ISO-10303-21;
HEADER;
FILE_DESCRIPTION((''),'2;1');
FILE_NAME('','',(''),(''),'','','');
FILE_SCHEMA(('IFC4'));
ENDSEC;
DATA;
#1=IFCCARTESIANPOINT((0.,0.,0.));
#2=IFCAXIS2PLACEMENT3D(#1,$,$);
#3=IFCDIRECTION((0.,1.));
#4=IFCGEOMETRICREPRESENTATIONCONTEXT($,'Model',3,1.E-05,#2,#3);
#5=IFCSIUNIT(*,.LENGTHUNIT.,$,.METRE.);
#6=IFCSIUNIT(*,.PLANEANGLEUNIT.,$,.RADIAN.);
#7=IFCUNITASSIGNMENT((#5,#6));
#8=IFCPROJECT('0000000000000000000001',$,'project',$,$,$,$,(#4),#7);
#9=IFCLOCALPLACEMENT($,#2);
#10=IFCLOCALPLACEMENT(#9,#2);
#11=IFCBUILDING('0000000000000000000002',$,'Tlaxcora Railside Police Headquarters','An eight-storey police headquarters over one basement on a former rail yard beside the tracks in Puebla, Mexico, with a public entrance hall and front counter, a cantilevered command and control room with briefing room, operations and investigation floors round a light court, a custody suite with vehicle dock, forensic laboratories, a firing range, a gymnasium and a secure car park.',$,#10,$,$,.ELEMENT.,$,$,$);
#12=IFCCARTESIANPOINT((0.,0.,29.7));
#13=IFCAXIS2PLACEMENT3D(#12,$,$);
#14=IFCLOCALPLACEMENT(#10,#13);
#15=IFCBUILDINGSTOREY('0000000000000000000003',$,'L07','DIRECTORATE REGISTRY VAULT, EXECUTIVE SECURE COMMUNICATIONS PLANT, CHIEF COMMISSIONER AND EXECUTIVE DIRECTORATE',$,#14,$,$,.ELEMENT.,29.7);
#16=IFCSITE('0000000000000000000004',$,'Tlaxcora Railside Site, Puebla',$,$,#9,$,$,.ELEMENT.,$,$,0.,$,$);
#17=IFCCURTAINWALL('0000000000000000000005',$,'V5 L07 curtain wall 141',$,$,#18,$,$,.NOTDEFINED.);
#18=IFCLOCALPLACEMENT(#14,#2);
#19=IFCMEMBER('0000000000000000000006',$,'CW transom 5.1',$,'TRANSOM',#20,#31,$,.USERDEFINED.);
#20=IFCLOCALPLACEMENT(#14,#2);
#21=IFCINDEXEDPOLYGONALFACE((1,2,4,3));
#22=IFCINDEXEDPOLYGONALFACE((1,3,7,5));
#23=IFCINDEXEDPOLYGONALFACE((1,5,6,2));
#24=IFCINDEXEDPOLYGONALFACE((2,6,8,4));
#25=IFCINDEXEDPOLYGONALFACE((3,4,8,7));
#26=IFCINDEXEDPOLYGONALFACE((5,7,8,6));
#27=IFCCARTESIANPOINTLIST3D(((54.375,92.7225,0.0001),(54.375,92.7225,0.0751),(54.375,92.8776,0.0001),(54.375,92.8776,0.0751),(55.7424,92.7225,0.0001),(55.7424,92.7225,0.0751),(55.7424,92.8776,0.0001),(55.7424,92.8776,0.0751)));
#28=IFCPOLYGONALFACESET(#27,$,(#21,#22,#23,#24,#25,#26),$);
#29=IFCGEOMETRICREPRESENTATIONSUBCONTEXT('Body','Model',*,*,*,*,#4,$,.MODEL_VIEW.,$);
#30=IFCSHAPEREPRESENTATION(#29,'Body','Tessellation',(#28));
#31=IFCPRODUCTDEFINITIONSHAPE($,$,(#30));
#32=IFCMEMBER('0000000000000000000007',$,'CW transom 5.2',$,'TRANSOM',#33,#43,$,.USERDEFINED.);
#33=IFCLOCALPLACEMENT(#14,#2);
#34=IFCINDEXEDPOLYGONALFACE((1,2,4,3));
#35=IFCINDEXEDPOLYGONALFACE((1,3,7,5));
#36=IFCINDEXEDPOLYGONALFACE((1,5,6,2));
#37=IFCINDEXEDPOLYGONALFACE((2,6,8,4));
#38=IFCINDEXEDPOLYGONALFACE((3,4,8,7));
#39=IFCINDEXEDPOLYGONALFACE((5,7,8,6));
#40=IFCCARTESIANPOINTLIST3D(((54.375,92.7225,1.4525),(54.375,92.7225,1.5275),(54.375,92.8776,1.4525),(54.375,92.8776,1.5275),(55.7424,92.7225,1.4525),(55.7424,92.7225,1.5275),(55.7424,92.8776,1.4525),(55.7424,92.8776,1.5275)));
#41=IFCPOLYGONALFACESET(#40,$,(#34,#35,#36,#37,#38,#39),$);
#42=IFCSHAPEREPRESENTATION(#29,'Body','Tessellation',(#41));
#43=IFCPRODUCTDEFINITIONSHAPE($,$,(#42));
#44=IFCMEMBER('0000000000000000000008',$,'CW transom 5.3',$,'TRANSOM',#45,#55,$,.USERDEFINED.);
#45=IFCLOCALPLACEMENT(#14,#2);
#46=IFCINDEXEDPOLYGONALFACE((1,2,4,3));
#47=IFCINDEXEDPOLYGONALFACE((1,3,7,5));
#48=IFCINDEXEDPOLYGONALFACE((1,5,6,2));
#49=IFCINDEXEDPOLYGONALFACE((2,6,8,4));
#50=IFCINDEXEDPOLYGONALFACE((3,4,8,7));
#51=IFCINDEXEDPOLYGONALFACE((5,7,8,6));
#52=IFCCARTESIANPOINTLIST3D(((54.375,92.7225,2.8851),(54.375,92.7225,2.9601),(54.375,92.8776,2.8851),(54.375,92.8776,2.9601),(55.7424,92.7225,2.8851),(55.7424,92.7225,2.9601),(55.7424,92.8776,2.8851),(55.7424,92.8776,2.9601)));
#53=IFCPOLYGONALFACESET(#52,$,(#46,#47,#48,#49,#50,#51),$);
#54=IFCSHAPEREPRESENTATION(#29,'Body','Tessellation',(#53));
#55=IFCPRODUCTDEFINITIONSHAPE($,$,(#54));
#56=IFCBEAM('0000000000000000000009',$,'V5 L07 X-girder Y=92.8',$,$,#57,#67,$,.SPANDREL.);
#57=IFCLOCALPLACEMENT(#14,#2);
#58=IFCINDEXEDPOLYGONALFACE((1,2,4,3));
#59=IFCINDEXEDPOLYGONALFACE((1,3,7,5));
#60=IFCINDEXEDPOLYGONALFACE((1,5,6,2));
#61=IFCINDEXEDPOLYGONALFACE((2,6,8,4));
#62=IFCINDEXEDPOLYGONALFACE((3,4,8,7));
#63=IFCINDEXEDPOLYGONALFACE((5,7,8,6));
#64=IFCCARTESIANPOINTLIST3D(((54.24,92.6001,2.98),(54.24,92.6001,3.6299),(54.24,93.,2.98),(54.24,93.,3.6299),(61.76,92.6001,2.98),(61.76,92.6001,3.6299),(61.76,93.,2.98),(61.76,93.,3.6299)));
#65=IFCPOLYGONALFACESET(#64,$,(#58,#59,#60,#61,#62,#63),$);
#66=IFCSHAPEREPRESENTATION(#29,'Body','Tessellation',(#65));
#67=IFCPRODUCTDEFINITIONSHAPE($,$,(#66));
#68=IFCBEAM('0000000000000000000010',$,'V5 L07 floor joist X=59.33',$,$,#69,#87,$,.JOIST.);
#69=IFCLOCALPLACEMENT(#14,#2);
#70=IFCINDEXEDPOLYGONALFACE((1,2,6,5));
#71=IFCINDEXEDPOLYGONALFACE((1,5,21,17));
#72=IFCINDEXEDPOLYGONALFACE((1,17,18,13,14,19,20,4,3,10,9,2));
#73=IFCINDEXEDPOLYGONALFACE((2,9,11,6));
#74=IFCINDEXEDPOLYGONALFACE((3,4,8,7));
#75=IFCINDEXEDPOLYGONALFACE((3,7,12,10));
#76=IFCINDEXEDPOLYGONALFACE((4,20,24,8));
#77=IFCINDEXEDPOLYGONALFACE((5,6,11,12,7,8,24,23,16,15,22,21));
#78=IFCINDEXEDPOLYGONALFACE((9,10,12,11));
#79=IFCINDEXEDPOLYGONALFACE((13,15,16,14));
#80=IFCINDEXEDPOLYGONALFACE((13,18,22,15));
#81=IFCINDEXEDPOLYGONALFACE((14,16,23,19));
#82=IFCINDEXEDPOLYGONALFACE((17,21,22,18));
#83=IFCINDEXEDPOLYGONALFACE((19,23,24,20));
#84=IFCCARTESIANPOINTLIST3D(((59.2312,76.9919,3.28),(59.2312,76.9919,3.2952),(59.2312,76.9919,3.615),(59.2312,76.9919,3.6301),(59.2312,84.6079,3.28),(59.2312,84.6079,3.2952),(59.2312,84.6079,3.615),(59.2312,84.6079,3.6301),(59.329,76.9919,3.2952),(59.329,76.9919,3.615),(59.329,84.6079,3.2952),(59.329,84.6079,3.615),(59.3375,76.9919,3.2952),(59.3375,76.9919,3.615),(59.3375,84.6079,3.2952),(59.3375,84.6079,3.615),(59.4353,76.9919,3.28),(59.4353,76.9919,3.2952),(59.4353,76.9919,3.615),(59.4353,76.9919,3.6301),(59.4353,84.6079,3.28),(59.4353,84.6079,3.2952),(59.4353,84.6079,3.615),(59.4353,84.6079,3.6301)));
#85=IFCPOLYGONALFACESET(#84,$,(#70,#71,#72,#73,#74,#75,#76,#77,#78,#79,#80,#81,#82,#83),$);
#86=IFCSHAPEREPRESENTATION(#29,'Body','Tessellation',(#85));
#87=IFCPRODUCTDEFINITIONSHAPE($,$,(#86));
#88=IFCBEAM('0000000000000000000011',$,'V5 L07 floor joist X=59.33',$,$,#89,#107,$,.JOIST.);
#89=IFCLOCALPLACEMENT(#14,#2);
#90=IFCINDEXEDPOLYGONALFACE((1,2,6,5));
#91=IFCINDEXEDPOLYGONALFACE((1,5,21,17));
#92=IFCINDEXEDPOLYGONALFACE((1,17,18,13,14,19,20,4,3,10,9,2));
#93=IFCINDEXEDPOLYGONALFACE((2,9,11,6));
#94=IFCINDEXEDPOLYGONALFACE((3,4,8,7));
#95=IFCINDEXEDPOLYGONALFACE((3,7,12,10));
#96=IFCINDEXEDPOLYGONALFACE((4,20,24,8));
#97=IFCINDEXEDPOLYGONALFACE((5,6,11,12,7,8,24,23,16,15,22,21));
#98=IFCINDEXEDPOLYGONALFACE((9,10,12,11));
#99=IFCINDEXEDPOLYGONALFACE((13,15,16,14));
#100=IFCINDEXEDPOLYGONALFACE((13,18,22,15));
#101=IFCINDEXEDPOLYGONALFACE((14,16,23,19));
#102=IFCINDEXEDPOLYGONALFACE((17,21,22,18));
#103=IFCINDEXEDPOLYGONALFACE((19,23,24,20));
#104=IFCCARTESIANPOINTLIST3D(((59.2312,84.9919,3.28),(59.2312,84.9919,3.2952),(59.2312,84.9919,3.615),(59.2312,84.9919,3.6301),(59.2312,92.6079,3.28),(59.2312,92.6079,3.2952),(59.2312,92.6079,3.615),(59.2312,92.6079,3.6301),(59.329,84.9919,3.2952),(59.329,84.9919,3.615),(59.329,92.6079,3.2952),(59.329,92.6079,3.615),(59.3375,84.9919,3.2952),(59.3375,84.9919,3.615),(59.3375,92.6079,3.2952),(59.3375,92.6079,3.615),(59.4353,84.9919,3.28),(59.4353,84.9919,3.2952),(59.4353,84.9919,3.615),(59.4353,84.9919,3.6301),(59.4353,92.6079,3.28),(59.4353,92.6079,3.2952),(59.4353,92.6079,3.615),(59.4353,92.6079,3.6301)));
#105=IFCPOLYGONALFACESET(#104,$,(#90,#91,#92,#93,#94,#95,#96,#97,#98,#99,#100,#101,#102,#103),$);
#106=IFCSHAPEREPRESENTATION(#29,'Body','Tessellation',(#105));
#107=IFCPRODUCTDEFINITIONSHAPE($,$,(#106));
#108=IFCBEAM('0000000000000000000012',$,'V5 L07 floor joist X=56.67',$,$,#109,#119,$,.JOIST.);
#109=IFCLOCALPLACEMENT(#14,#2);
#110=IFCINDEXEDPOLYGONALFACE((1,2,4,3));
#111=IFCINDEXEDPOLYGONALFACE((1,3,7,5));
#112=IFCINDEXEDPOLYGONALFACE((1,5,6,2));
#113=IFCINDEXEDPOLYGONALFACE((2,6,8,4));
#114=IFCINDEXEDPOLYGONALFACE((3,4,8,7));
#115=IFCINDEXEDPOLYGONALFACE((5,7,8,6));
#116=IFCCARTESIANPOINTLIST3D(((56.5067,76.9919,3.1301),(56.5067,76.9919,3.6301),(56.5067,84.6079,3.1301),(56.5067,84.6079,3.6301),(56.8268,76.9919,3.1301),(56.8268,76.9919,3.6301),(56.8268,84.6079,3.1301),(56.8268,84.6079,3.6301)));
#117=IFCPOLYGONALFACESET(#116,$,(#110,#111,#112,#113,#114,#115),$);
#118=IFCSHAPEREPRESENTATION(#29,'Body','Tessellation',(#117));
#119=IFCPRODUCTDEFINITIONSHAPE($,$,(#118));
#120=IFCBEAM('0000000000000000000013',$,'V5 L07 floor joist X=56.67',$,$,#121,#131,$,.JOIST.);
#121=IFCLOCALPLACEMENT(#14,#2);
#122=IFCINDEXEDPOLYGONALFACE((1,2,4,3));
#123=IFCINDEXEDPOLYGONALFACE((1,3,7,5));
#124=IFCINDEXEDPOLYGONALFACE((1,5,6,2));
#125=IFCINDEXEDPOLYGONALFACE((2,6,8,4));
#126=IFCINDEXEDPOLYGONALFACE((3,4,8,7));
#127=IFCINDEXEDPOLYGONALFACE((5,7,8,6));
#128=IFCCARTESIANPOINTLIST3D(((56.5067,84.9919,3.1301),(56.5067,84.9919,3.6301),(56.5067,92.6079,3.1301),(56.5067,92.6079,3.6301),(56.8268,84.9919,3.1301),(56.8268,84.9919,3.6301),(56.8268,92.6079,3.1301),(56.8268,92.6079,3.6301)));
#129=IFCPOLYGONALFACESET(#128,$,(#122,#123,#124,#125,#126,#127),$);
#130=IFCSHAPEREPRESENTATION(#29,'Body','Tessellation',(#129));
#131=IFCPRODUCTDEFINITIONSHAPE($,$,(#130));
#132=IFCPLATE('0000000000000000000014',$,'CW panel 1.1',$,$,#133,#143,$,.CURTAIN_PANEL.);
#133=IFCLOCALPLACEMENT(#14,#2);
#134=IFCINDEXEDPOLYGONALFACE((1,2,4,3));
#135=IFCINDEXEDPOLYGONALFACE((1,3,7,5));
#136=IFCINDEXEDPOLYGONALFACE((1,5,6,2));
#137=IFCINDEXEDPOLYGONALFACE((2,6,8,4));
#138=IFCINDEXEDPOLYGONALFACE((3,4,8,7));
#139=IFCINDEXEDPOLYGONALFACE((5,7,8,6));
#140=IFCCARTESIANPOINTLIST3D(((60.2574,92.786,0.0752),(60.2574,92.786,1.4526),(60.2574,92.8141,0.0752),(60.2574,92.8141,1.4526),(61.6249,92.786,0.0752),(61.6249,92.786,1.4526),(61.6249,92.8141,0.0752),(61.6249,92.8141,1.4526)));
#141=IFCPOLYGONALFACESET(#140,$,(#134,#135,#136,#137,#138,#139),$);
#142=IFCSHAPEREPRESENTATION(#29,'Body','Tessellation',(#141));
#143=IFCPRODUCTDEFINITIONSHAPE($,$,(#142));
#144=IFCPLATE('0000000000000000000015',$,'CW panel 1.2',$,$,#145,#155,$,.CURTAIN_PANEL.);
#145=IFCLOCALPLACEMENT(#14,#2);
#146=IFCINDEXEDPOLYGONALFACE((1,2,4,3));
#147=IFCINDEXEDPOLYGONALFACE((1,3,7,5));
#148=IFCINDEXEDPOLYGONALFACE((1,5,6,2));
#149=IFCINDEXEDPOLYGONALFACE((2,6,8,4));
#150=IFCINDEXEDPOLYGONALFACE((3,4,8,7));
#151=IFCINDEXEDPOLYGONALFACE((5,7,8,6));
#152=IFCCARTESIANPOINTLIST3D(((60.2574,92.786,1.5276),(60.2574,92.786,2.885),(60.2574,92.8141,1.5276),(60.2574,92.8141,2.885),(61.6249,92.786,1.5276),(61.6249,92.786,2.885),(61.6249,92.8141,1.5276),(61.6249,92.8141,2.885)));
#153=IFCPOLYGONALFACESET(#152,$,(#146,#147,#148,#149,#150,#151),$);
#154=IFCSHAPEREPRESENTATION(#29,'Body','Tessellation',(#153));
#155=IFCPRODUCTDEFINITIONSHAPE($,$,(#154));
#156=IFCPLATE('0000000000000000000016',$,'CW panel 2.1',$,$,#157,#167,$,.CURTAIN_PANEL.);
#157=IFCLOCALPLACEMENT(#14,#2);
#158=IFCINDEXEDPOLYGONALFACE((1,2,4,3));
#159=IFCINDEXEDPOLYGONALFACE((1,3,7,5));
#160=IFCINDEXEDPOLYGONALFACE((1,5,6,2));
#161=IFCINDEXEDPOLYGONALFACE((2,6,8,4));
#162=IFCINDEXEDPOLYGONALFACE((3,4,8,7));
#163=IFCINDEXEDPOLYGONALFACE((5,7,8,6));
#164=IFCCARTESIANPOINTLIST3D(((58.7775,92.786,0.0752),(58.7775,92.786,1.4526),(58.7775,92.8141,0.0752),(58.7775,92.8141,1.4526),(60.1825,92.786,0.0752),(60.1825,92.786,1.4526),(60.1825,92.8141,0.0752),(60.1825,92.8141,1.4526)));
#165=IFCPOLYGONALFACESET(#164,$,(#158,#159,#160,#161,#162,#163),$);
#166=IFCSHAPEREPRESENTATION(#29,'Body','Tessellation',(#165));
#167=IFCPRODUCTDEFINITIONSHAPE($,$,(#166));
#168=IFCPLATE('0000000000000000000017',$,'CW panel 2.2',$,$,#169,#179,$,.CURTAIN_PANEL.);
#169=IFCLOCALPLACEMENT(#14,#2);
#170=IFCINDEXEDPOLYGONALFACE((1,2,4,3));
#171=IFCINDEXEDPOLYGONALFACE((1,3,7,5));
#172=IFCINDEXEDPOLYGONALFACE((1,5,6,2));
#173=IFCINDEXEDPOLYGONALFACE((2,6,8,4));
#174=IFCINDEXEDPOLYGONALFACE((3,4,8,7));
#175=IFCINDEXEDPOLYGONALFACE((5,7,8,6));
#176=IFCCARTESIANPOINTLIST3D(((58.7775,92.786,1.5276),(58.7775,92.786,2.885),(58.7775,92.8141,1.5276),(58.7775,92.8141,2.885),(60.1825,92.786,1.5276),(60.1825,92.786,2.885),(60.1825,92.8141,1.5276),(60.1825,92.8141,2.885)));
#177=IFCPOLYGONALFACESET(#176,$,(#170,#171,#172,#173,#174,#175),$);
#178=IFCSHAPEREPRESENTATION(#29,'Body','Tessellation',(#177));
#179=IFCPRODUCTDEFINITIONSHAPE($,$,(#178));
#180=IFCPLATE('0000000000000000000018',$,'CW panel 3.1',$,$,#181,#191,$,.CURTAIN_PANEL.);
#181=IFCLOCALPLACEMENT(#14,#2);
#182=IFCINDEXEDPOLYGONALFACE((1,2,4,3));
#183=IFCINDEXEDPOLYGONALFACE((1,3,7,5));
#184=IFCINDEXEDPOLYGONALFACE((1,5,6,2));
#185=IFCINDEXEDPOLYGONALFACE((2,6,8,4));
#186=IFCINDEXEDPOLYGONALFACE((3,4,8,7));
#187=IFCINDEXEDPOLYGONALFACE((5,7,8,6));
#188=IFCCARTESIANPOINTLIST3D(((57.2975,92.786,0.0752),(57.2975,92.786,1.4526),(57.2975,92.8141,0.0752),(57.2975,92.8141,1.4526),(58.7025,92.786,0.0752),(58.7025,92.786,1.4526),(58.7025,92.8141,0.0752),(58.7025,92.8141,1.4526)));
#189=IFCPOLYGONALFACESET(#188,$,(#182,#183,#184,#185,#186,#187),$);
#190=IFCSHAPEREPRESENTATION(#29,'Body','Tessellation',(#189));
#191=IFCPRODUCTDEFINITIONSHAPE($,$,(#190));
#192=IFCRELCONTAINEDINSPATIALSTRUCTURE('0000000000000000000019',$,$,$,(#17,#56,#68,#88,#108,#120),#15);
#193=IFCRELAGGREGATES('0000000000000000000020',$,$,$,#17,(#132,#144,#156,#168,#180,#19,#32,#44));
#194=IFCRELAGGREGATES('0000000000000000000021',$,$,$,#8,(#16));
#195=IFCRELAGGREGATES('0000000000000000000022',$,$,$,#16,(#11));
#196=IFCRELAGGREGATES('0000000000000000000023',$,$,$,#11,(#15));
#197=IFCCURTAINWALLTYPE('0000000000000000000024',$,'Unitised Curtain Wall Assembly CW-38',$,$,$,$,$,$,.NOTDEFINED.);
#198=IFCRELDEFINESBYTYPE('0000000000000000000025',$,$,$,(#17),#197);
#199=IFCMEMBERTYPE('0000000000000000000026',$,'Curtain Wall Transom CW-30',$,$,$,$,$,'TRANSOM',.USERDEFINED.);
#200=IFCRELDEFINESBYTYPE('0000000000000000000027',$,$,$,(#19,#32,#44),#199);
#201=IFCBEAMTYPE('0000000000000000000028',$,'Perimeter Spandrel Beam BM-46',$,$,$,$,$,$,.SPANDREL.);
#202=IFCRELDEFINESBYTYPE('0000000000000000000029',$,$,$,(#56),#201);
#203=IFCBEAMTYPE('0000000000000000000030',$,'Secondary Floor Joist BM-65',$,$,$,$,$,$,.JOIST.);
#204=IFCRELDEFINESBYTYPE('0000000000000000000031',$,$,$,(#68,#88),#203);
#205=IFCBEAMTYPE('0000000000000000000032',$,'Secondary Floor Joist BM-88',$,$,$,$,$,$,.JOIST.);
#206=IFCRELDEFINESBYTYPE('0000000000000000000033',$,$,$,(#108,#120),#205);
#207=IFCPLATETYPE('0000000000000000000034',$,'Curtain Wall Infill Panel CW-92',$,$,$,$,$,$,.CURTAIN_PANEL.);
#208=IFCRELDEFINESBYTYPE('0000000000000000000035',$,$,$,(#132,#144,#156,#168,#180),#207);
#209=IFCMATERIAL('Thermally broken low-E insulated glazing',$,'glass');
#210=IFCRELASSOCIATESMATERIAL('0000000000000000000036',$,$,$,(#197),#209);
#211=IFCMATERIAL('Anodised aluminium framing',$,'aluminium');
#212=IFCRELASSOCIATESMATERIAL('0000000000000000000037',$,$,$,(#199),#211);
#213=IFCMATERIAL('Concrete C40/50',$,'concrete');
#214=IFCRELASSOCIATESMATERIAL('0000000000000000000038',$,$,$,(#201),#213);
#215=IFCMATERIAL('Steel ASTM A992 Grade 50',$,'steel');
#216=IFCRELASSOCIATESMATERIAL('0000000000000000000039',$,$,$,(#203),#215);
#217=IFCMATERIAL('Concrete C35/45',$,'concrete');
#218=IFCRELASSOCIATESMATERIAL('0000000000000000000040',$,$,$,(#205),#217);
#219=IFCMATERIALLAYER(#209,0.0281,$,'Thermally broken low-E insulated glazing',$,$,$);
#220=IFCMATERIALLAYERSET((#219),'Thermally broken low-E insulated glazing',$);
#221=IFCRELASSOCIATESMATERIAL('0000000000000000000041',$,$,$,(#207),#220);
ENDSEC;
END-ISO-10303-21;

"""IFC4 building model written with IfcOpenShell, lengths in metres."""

from ifc_helpers import new_model, si_unit, direction, frame, origin, origin_2d, place, context, subcontext, project, spatial, rectangle, i_section, extrude, material, layer, layer_set, material_profile, profile_set, type_object, element, aggregate, save


model = new_model("IFC4")

# Units and contexts
model_context = context("Model", 3, precision=1e-05, world=origin(), true_north=direction((0.0, 1.0)))
body_context = subcontext(model_context, "Body", "Model", "MODEL_VIEW")
ifc_project = project(units=[si_unit("LENGTHUNIT", "METRE"), si_unit("PLANEANGLEUNIT", "RADIAN")], contexts=[model_context])

# Site, building, storey
site_placement = place(None, origin())
site = spatial("IfcSite", under=ifc_project, at=site_placement, Name="Tlaxcora Railside Site, Puebla", CompositionType="ELEMENT", RefElevation=0.0)
building_placement = place(site_placement, origin())
building = spatial("IfcBuilding", under=site, at=building_placement, Name="Tlaxcora Railside Police Headquarters", Description="An eight-storey police headquarters over one basement on a former rail yard beside the tracks in Puebla, Mexico, with a public entrance hall and front counter, a cantilevered command and control room with briefing room, operations and investigation floors round a light court, a custody suite with vehicle dock, forensic laboratories, a firing range, a gymnasium and a secure car park.", CompositionType="ELEMENT")
storey_placement = place(building_placement, frame((0.0, 0.0, 29.7)))
storey = spatial("IfcBuildingStorey", under=building, at=storey_placement, Name="L07", Description="DIRECTORATE REGISTRY VAULT, EXECUTIVE SECURE COMMUNICATIONS PLANT, CHIEF COMMISSIONER AND EXECUTIVE DIRECTORATE", CompositionType="ELEMENT", Elevation=29.7)

# Curtain wall, members
ifc_material_1 = material(Name="Thermally broken low-E insulated glazing", Category="glass")
curtain_wall_type = type_object("IfcCurtainWallType", Name="Unitised Curtain Wall Assembly CW-38", PredefinedType="NOTDEFINED", material=ifc_material_1)
curtain_wall_placement = place(storey_placement, origin())
curtain_wall = element("IfcCurtainWall", 1, at=curtain_wall_placement, inside=storey, type_object=curtain_wall_type, Name="V5 L07 curtain wall 141", PredefinedType="NOTDEFINED")
ifc_material_2 = material(Name="Anodised aluminium framing", Category="aluminium")
ifc_material_profile_1 = material_profile(ifc_material_2, rectangle(XDim=0.155, YDim=0.075, at=origin_2d()), Name="AL75X155")
ifc_profile_set_1 = profile_set([ifc_material_profile_1], Name="Anodised aluminium framing")
member_type_1 = type_object("IfcMemberType", Name="Curtain Wall Transom CW-30", ElementType="TRANSOM", PredefinedType="USERDEFINED", material=ifc_profile_set_1)
member_1_placement = place(storey_placement, frame((55.7424, 92.8, 0.0376), z_axis=(-1.0, 0.0, 0.0), x_axis=(0.0, -1.0, 0.0)))
member_1 = element("IfcMember", 2, at=member_1_placement, type_object=member_type_1, Name="CW transom 5.1", ObjectType="TRANSOM", PredefinedType="USERDEFINED", context=body_context, shape_type="SweptSolid", body=[
    extrude(rectangle(XDim=0.155, YDim=0.075, at=origin_2d()), origin(), (0.0, 0.0, 1.0), 1.3674),
])
member_2_placement = place(storey_placement, frame((55.7424, 92.8, 1.49), z_axis=(-1.0, 0.0, 0.0), x_axis=(0.0, -1.0, 0.0)))
member_2 = element("IfcMember", 3, at=member_2_placement, type_object=member_type_1, Name="CW transom 5.2", ObjectType="TRANSOM", PredefinedType="USERDEFINED", context=body_context, shape_type="SweptSolid", body=[
    extrude(rectangle(XDim=0.155, YDim=0.075, at=origin_2d()), origin(), (0.0, 0.0, 1.0), 1.3674),
])
member_3_placement = place(storey_placement, frame((55.7424, 92.8, 2.9226), z_axis=(-1.0, 0.0, 0.0), x_axis=(0.0, -1.0, 0.0)))
member_3 = element("IfcMember", 4, at=member_3_placement, type_object=member_type_1, Name="CW transom 5.3", ObjectType="TRANSOM", PredefinedType="USERDEFINED", context=body_context, shape_type="SweptSolid", body=[
    extrude(rectangle(XDim=0.155, YDim=0.075, at=origin_2d()), origin(), (0.0, 0.0, 1.0), 1.3674),
])

# Beams
ifc_material_3 = material(Name="Concrete C40/50", Category="concrete")
ifc_material_profile_2 = material_profile(ifc_material_3, rectangle(XDim=0.3999, YDim=0.6499, at=origin_2d()), Name="RC400X650")
ifc_profile_set_2 = profile_set([ifc_material_profile_2], Name="Concrete C40/50")
beam_type_1 = type_object("IfcBeamType", Name="Perimeter Spandrel Beam BM-46", PredefinedType="SPANDREL", material=ifc_profile_set_2)
beam_placement = place(storey_placement, frame((54.24, 92.8, 3.3049), z_axis=(1.0, 0.0, 0.0), x_axis=(0.0, 1.0, 0.0)))
element("IfcBeam", 5, at=beam_placement, inside=storey, type_object=beam_type_1, Name="V5 L07 X-girder Y=92.8", PredefinedType="SPANDREL", context=body_context, shape_type="SweptSolid", body=[
    extrude(rectangle(XDim=0.3999, YDim=0.6499, at=origin_2d()), origin(), (0.0, 0.0, 1.0), 7.52),
])
ifc_material_4 = material(Name="Steel ASTM A992 Grade 50", Category="steel")
ifc_material_profile_3 = material_profile(ifc_material_4, i_section(OverallWidth=0.2041, OverallDepth=0.3501, WebThickness=0.0085, FlangeThickness=0.0151, at=origin_2d()), Name="W14X48")
ifc_profile_set_3 = profile_set([ifc_material_profile_3], Name="Steel ASTM A992 Grade 50")
beam_type_2 = type_object("IfcBeamType", Name="Secondary Floor Joist BM-65", PredefinedType="JOIST", material=ifc_profile_set_3)
for number, where, z_axis, x_axis, name in (
    (6, (59.3333, 76.9919, 3.4551), (0.0, 1.0, 0.0), (-1.0, 0.0, 0.0), "V5 L07 floor joist X=59.33"),
    (7, (59.3333, 84.9919, 3.4551), (0.0, 1.0, 0.0), (-1.0, 0.0, 0.0), "V5 L07 floor joist X=59.33"),
):
    element("IfcBeam", number, at=place(storey_placement, frame(where, z_axis=z_axis, x_axis=x_axis)), inside=storey, type_object=beam_type_2, Name=name, PredefinedType="JOIST", context=body_context, shape_type="SweptSolid", body=[
        extrude(i_section(OverallWidth=0.2041, OverallDepth=0.3501, WebThickness=0.0085, FlangeThickness=0.0151, at=origin_2d()), origin(), (0.0, 0.0, 1.0), 7.616),
    ])
ifc_material_5 = material(Name="Concrete C35/45", Category="concrete")
ifc_material_profile_4 = material_profile(ifc_material_5, rectangle(XDim=0.3201, YDim=0.5, at=origin_2d()), Name="RC320X500")
ifc_profile_set_4 = profile_set([ifc_material_profile_4], Name="Concrete C35/45")
beam_type_3 = type_object("IfcBeamType", Name="Secondary Floor Joist BM-88", PredefinedType="JOIST", material=ifc_profile_set_4)
for number, where, z_axis, x_axis, name in (
    (8, (56.6667, 76.9919, 3.3801), (0.0, 1.0, 0.0), (-1.0, 0.0, 0.0), "V5 L07 floor joist X=56.67"),
    (9, (56.6667, 84.9919, 3.3801), (0.0, 1.0, 0.0), (-1.0, 0.0, 0.0), "V5 L07 floor joist X=56.67"),
):
    element("IfcBeam", number, at=place(storey_placement, frame(where, z_axis=z_axis, x_axis=x_axis)), inside=storey, type_object=beam_type_3, Name=name, PredefinedType="JOIST", context=body_context, shape_type="SweptSolid", body=[
        extrude(rectangle(XDim=0.3201, YDim=0.5, at=origin_2d()), origin(), (0.0, 0.0, 1.0), 7.616),
    ])

# Plates
ifc_layer_1 = layer(ifc_material_1, 0.0281, Name="Thermally broken low-E insulated glazing")
ifc_layer_set_1 = layer_set([ifc_layer_1], Name="Thermally broken low-E insulated glazing")
plate_type = type_object("IfcPlateType", Name="Curtain Wall Infill Panel CW-92", PredefinedType="CURTAIN_PANEL", material=ifc_layer_set_1)
plate_1_placement = place(storey_placement, frame((60.9412, 92.8, 0.0752), z_axis=(0.0, 0.0, 1.0), x_axis=(-1.0, 0.0, 0.0)))
plate_1 = element("IfcPlate", 10, at=plate_1_placement, type_object=plate_type, Name="CW panel 1.1", PredefinedType="CURTAIN_PANEL", context=body_context, shape_type="SweptSolid", body=[
    extrude(rectangle(XDim=1.3674, YDim=0.0281, at=origin_2d()), origin(), (0.0, 0.0, 1.0), 1.3774),
])
plate_2_placement = place(storey_placement, frame((60.9412, 92.8, 1.5276), z_axis=(0.0, 0.0, 1.0), x_axis=(-1.0, 0.0, 0.0)))
plate_2 = element("IfcPlate", 11, at=plate_2_placement, type_object=plate_type, Name="CW panel 1.2", PredefinedType="CURTAIN_PANEL", context=body_context, shape_type="SweptSolid", body=[
    extrude(rectangle(XDim=1.3674, YDim=0.0281, at=origin_2d()), origin(), (0.0, 0.0, 1.0), 1.3574),
])
plate_3_placement = place(storey_placement, frame((59.48, 92.8, 0.0752), z_axis=(0.0, 0.0, 1.0), x_axis=(-1.0, 0.0, 0.0)))
plate_3 = element("IfcPlate", 12, at=plate_3_placement, type_object=plate_type, Name="CW panel 2.1", PredefinedType="CURTAIN_PANEL", context=body_context, shape_type="SweptSolid", body=[
    extrude(rectangle(XDim=1.405, YDim=0.0281, at=origin_2d()), origin(), (0.0, 0.0, 1.0), 1.3774),
])
plate_4_placement = place(storey_placement, frame((59.48, 92.8, 1.5276), z_axis=(0.0, 0.0, 1.0), x_axis=(-1.0, 0.0, 0.0)))
plate_4 = element("IfcPlate", 13, at=plate_4_placement, type_object=plate_type, Name="CW panel 2.2", PredefinedType="CURTAIN_PANEL", context=body_context, shape_type="SweptSolid", body=[
    extrude(rectangle(XDim=1.405, YDim=0.0281, at=origin_2d()), origin(), (0.0, 0.0, 1.0), 1.3574),
])
plate_5_placement = place(storey_placement, frame((58.0, 92.8, 0.0752), z_axis=(0.0, 0.0, 1.0), x_axis=(-1.0, 0.0, 0.0)))
plate_5 = element("IfcPlate", 14, at=plate_5_placement, type_object=plate_type, Name="CW panel 3.1", PredefinedType="CURTAIN_PANEL", context=body_context, shape_type="SweptSolid", body=[
    extrude(rectangle(XDim=1.405, YDim=0.0281, at=origin_2d()), origin(), (0.0, 0.0, 1.0), 1.3774),
])
aggregate(curtain_wall, [plate_1, plate_2, plate_3, plate_4, plate_5, member_1, member_2, member_3])

save(model, "model.ifc")
